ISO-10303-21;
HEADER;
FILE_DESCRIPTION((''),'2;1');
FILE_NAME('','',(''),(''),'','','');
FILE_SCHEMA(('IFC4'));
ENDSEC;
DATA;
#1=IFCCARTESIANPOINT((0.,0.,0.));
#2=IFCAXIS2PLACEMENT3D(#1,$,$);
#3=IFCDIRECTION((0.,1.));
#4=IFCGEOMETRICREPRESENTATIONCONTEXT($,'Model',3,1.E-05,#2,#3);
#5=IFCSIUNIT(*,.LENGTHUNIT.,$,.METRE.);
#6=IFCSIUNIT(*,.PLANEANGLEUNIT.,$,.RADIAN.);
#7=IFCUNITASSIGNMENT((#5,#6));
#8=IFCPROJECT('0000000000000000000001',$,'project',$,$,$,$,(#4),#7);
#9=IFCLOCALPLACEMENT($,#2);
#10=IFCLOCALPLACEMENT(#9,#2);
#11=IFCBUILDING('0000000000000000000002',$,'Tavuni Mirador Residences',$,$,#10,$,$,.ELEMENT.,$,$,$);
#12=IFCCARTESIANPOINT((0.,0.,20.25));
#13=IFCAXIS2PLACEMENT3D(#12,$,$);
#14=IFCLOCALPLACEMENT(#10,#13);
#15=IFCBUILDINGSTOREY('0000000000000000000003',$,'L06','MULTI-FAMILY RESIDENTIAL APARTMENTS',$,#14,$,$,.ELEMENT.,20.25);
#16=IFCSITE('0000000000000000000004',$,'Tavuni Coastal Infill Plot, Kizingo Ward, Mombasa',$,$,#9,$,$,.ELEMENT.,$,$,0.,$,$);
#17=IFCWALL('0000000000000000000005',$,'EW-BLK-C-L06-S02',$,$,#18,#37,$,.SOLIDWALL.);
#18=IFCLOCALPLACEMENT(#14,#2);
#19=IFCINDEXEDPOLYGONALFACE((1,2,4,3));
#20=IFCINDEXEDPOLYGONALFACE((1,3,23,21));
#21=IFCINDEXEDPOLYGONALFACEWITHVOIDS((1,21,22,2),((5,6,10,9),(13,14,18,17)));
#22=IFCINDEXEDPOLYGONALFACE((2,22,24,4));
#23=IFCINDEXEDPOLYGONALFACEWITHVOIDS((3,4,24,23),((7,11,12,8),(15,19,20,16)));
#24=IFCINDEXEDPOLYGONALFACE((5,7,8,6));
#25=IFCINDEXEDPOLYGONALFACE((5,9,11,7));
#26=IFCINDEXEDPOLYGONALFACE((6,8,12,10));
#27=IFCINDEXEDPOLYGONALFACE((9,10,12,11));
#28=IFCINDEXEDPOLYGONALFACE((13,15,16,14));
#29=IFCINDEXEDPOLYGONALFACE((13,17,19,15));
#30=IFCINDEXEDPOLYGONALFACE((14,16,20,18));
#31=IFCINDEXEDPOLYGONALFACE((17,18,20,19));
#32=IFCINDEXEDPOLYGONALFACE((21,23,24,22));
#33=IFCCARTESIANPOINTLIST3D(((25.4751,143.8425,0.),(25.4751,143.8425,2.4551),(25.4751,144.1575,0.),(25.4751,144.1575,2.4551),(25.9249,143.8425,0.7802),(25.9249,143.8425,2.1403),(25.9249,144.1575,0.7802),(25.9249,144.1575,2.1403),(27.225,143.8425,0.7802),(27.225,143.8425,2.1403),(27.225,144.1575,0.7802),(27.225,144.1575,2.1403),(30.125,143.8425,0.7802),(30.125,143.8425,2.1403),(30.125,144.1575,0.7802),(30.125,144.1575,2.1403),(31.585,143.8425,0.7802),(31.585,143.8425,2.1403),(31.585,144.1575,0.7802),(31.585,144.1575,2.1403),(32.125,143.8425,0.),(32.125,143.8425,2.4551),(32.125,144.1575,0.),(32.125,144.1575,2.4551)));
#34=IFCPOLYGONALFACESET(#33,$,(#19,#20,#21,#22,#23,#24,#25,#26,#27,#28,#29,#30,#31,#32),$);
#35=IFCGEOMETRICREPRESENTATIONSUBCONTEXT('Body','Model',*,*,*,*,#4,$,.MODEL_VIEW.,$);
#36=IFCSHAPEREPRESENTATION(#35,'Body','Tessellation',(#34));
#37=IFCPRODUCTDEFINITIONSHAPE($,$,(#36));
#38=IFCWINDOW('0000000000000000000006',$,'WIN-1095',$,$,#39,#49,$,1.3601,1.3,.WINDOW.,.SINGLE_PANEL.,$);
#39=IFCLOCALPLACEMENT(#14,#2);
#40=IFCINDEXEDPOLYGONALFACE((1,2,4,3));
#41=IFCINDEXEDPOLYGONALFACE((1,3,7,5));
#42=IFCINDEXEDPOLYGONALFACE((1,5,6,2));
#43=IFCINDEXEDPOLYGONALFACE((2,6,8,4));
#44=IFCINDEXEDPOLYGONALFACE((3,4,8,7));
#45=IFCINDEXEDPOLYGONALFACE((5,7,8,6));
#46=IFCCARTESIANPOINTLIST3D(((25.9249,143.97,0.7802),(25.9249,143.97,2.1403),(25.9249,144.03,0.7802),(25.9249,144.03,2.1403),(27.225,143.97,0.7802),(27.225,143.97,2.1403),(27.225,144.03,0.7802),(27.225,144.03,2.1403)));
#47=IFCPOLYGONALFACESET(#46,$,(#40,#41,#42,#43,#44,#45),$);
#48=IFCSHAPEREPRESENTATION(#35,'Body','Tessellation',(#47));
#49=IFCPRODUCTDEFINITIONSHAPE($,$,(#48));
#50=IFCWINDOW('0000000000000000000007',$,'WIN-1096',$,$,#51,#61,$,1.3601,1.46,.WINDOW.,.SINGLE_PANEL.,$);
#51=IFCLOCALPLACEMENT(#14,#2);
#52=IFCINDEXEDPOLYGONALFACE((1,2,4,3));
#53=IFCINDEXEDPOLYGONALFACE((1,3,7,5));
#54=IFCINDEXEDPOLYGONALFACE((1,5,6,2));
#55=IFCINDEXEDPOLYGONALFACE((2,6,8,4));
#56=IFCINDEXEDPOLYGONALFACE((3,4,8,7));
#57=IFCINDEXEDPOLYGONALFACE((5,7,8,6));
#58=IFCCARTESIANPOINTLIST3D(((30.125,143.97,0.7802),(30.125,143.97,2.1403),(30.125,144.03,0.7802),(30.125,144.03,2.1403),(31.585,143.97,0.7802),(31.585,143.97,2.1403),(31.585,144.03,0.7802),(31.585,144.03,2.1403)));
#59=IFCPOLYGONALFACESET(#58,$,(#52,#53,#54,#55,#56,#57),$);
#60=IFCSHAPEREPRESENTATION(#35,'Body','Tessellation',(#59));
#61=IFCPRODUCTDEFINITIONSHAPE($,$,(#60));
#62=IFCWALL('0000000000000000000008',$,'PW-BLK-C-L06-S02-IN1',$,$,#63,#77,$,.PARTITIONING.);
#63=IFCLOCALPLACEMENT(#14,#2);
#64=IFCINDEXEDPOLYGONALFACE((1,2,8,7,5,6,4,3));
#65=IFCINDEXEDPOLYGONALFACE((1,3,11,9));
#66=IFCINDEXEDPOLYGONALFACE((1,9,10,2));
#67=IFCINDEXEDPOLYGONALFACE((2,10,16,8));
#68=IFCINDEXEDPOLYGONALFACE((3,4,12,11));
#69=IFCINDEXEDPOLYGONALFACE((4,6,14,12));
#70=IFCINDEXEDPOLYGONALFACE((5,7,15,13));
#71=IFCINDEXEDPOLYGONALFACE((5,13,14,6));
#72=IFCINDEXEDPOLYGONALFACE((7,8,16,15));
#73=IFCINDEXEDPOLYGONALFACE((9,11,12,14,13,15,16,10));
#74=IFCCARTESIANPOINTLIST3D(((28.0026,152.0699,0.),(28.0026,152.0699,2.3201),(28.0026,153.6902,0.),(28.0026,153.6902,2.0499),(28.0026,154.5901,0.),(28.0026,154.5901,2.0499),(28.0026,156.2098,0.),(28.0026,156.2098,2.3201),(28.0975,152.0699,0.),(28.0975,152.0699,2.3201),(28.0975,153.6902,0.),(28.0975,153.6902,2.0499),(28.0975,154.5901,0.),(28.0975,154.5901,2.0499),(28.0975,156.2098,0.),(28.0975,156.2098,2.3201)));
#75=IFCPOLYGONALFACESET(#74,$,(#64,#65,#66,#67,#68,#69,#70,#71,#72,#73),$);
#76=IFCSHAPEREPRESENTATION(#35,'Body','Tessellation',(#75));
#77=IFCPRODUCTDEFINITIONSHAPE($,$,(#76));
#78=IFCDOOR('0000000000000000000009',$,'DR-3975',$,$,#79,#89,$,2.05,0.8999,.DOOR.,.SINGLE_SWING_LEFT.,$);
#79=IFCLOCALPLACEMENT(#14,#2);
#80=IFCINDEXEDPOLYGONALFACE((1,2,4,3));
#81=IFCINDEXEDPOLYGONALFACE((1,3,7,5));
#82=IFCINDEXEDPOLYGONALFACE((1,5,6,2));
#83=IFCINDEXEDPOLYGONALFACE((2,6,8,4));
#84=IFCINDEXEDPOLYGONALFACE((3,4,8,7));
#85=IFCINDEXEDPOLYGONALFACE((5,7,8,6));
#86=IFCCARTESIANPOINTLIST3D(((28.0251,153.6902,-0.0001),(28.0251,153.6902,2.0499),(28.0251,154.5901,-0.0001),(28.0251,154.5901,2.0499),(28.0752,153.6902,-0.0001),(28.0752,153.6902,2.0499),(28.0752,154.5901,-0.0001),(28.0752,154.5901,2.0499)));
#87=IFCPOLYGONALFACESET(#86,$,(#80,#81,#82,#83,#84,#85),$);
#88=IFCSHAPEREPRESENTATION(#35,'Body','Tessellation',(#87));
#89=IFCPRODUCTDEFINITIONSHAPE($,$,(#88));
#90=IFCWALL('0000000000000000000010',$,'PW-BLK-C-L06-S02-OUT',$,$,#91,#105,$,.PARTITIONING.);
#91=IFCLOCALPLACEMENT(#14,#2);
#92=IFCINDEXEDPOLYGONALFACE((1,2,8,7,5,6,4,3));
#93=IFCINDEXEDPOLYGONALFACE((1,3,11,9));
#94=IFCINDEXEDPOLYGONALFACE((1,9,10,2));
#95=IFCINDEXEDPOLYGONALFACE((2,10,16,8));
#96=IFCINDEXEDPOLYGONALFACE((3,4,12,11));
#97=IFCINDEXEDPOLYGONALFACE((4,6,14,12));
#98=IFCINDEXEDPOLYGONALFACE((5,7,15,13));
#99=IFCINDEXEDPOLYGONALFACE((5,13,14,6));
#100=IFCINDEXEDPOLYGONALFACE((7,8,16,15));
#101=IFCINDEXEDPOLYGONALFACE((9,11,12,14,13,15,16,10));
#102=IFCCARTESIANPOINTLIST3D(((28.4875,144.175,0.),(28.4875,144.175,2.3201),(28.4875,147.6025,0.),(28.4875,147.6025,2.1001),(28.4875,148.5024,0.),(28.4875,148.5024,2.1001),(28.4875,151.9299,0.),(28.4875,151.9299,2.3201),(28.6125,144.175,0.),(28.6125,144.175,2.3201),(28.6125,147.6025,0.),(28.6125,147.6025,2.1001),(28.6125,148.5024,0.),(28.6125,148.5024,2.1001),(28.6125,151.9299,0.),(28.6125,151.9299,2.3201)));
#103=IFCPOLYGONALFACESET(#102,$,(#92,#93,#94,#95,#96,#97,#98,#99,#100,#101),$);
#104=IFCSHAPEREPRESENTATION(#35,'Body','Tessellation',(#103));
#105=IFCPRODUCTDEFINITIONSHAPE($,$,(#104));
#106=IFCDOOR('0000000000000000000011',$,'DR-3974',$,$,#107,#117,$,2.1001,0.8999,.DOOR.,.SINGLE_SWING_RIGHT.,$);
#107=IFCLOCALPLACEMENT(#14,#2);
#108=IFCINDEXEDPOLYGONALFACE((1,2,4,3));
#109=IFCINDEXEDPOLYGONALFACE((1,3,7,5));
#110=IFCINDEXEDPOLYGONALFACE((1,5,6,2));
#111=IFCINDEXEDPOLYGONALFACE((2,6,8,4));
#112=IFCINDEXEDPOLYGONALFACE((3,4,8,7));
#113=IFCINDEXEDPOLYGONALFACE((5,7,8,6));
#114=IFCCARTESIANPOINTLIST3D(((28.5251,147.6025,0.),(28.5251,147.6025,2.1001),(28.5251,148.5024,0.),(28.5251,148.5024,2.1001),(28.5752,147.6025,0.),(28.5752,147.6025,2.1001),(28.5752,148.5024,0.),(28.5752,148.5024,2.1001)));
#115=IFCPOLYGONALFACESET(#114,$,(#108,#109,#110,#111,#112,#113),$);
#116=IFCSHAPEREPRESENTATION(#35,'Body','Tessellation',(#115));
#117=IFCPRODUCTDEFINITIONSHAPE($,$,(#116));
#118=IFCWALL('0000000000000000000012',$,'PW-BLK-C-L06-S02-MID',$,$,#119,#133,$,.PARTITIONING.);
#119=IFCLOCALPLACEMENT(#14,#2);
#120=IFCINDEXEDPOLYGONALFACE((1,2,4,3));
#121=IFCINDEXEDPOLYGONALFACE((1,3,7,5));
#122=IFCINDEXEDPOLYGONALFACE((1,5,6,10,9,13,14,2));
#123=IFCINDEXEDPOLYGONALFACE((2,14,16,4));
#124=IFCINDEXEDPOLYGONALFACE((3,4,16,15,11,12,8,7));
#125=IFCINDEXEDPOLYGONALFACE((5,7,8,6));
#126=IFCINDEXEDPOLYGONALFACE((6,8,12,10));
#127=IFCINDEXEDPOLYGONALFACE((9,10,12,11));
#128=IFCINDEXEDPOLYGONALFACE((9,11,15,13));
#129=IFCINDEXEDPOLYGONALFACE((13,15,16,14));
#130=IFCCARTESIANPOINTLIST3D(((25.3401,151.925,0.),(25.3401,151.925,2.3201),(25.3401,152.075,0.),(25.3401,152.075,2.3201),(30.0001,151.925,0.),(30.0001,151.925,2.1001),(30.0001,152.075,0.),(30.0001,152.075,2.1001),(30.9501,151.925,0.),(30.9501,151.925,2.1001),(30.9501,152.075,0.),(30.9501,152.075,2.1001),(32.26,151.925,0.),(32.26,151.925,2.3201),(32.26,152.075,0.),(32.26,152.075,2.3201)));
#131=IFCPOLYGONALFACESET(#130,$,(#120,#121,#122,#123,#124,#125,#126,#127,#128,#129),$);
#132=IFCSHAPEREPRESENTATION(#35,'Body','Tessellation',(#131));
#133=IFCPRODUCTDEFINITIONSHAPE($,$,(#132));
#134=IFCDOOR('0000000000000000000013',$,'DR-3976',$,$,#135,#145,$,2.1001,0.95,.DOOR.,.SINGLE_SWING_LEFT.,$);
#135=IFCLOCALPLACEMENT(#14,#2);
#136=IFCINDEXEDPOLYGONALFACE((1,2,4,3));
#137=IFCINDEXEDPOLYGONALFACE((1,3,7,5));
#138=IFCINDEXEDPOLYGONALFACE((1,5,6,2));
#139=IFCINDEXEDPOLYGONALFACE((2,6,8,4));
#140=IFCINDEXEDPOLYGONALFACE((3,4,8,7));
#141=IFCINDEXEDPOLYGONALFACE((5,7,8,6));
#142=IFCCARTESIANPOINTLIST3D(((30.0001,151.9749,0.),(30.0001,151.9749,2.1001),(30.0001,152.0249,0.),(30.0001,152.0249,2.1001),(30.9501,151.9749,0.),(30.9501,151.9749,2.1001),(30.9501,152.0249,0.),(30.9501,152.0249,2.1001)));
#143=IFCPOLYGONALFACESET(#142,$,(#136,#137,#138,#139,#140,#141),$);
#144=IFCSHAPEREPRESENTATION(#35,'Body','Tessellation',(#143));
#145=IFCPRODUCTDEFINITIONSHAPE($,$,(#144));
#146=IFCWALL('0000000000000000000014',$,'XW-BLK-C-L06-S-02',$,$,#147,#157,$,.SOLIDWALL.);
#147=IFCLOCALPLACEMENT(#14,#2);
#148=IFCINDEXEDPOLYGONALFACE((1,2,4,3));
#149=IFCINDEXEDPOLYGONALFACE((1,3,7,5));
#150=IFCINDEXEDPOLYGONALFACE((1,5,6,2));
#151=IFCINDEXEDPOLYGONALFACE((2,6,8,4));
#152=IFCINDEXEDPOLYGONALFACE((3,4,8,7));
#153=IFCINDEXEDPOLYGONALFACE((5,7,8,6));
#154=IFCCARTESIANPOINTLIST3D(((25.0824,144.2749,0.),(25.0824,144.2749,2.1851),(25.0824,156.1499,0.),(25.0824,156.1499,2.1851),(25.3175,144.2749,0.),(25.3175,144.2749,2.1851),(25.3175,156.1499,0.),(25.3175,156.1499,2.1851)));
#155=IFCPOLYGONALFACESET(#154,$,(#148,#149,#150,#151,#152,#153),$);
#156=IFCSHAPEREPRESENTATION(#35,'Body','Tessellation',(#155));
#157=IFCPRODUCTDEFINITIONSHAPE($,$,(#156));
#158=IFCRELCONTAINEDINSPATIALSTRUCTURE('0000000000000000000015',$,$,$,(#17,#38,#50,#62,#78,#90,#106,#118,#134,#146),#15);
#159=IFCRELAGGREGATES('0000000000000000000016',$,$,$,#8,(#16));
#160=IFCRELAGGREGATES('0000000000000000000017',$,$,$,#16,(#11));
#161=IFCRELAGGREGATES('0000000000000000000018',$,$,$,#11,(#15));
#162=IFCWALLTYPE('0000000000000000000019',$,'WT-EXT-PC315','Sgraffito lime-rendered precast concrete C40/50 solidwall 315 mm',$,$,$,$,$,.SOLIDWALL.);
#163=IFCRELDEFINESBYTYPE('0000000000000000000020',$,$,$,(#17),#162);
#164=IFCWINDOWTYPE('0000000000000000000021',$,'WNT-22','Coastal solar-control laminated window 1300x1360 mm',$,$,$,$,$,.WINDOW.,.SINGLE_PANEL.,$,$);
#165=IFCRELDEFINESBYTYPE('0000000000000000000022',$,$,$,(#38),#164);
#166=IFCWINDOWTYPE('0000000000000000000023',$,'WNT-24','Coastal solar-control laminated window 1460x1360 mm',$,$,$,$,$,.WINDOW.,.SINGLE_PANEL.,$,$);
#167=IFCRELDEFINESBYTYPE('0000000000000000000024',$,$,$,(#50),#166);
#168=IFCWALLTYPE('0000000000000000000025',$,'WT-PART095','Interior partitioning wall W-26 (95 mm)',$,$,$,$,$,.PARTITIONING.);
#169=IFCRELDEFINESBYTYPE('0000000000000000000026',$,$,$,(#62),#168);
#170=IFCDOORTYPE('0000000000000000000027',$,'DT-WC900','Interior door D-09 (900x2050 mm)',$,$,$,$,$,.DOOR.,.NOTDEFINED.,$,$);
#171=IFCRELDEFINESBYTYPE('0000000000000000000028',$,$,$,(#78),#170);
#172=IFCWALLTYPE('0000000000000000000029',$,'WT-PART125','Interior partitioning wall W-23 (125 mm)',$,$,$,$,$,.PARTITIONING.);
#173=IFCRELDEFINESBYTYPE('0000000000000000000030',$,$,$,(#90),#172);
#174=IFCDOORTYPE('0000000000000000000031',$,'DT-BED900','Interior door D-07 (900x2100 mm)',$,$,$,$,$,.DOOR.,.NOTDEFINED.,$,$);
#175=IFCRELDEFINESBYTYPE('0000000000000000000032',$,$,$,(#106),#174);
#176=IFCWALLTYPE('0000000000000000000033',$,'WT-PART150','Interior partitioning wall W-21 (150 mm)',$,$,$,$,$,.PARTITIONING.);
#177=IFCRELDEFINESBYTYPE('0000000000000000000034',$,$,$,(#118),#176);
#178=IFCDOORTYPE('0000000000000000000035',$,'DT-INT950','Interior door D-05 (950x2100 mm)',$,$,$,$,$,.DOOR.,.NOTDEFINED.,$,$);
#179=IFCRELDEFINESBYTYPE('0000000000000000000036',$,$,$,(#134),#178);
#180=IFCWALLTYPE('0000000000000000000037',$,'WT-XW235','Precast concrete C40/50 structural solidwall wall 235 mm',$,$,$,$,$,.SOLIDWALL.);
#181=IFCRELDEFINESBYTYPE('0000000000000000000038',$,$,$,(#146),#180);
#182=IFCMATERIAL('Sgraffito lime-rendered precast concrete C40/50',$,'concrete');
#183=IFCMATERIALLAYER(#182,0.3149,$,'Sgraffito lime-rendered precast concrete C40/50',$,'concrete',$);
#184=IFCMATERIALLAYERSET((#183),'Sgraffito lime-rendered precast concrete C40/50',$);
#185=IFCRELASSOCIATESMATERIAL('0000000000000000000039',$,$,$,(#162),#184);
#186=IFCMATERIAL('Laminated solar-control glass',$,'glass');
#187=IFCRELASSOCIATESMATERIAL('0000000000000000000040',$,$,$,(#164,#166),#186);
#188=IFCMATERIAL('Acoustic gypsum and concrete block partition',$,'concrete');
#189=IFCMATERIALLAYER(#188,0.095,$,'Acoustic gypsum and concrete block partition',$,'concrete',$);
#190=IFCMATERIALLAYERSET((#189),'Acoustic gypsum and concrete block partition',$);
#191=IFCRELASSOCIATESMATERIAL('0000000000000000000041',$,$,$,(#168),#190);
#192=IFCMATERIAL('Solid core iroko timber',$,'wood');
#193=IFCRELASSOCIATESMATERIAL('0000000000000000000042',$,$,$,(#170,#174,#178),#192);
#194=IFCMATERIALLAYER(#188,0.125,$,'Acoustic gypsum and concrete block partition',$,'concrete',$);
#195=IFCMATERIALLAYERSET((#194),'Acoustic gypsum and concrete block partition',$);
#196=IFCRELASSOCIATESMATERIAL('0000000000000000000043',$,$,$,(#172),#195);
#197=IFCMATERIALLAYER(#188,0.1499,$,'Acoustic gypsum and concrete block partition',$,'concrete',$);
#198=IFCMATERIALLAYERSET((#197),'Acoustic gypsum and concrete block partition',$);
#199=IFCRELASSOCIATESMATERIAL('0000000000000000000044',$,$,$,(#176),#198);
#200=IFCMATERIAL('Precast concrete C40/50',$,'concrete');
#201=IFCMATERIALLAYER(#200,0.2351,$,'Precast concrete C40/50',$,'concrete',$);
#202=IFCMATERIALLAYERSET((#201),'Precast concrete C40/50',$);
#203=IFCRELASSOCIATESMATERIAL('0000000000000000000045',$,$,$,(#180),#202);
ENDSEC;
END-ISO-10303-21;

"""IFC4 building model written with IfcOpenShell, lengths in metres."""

from ifc_helpers import new_model, si_unit, direction, frame, frame_2d, origin, place, context, subcontext, project, spatial, rectangle, extrude, material, layer, layer_set, type_object, element, fill, save


model = new_model("IFC4")

# Units and contexts
model_context = context("Model", 3, precision=1e-05, world=origin(), true_north=direction((0.0, 1.0)))
body_context = subcontext(model_context, "Body", "Model", "MODEL_VIEW")
ifc_project = project(units=[si_unit("LENGTHUNIT", "METRE"), si_unit("PLANEANGLEUNIT", "RADIAN")], contexts=[model_context])

# Site, building, storey
site_placement = place(None, origin())
site = spatial("IfcSite", under=ifc_project, at=site_placement, Name="Tavuni Coastal Infill Plot, Kizingo Ward, Mombasa", CompositionType="ELEMENT", RefElevation=0.0)
building_placement = place(site_placement, origin())
building = spatial("IfcBuilding", under=site, at=building_placement, Name="Tavuni Mirador Residences", CompositionType="ELEMENT")
storey_placement = place(building_placement, frame((0.0, 0.0, 20.25)))
storey = spatial("IfcBuildingStorey", under=building, at=storey_placement, Name="L06", Description="MULTI-FAMILY RESIDENTIAL APARTMENTS", CompositionType="ELEMENT", Elevation=20.25)

# Shared definitions
ifc_material_1 = material(Name="Precast concrete C40/50", Category="concrete")

# Shared definitions
ifc_material_2 = material(Name="Solid core iroko timber", Category="wood")

# Wall, openings, windows
ifc_material_3 = material(Name="Sgraffito lime-rendered precast concrete C40/50", Category="concrete")
ifc_layer_1 = layer(ifc_material_3, 0.3149, Name="Sgraffito lime-rendered precast concrete C40/50", Category="concrete")
ifc_layer_set_1 = layer_set([ifc_layer_1], Name="Sgraffito lime-rendered precast concrete C40/50")
wall_type_1 = type_object("IfcWallType", Name="WT-EXT-PC315", Description="Sgraffito lime-rendered precast concrete C40/50 solidwall 315 mm", PredefinedType="SOLIDWALL", material=ifc_layer_set_1)
wall_1_placement = place(storey_placement, frame((25.4751, 144.0, 0.0), z_axis=(0.0, 0.0, 1.0), x_axis=(1.0, 0.0, 0.0)))
wall_1 = element("IfcWall", 1, at=wall_1_placement, inside=storey, type_object=wall_type_1, Name="EW-BLK-C-L06-S02", PredefinedType="SOLIDWALL", context=body_context, shape_type="SweptSolid", body=[
    extrude(rectangle(XDim=6.6499, YDim=0.3149, at=frame_2d((3.325, 0.0))), origin(), (0.0, 0.0, 1.0), 2.4551),
])
opening_1_placement = place(wall_1_placement, frame((0.45, 0.0, 0.78)))
opening_1 = element("IfcOpeningElement", 2, at=opening_1_placement, cuts=wall_1, PredefinedType="OPENING", context=body_context, shape_type="SweptSolid", body=[
    extrude(rectangle(XDim=1.3, YDim=1.3601, at=frame_2d((0.6499, 0.6802))), frame((0.0, 0.1675, 0.0), z_axis=(0.0, -1.0, 0.0), x_axis=(1.0, 0.0, 0.0)), (0.0, 0.0, 1.0), 0.335),
])
opening_2_placement = place(wall_1_placement, frame((4.6499, 0.0, 0.78)))
opening_2 = element("IfcOpeningElement", 3, at=opening_2_placement, cuts=wall_1, PredefinedType="OPENING", context=body_context, shape_type="SweptSolid", body=[
    extrude(rectangle(XDim=1.46, YDim=1.3601, at=frame_2d((0.73, 0.6802))), frame((0.0, 0.1675, 0.0), z_axis=(0.0, -1.0, 0.0), x_axis=(1.0, 0.0, 0.0)), (0.0, 0.0, 1.0), 0.335),
])
ifc_material_4 = material(Name="Laminated solar-control glass", Category="glass")
window_type_1 = type_object("IfcWindowType", Name="WNT-22", Description="Coastal solar-control laminated window 1300x1360 mm", PartitioningType="SINGLE_PANEL", PredefinedType="WINDOW", material=ifc_material_4)
window_1_placement = place(opening_1_placement, origin())
window_1 = element("IfcWindow", 4, at=window_1_placement, inside=storey, type_object=window_type_1, Name="WIN-1095", OverallHeight=1.3601, OverallWidth=1.3, PartitioningType="SINGLE_PANEL", PredefinedType="WINDOW", context=body_context, shape_type="SweptSolid", body=[
    extrude(rectangle(XDim=1.3, YDim=1.3601, at=frame_2d((0.6499, 0.6802))), frame((0.0, 0.03, 0.0), z_axis=(0.0, -1.0, 0.0), x_axis=(1.0, 0.0, 0.0)), (0.0, 0.0, 1.0), 0.0601),
])
fill(opening_1, window_1)
window_type_2 = type_object("IfcWindowType", Name="WNT-24", Description="Coastal solar-control laminated window 1460x1360 mm", PartitioningType="SINGLE_PANEL", PredefinedType="WINDOW", material=ifc_material_4)
window_2_placement = place(opening_2_placement, origin())
window_2 = element("IfcWindow", 5, at=window_2_placement, inside=storey, type_object=window_type_2, Name="WIN-1096", OverallHeight=1.3601, OverallWidth=1.46, PartitioningType="SINGLE_PANEL", PredefinedType="WINDOW", context=body_context, shape_type="SweptSolid", body=[
    extrude(rectangle(XDim=1.46, YDim=1.3601, at=frame_2d((0.73, 0.6802))), frame((0.0, 0.03, 0.0), z_axis=(0.0, -1.0, 0.0), x_axis=(1.0, 0.0, 0.0)), (0.0, 0.0, 1.0), 0.0601),
])
fill(opening_2, window_2)

# Walls, openings, doors
ifc_material_5 = material(Name="Acoustic gypsum and concrete block partition", Category="concrete")
ifc_layer_2 = layer(ifc_material_5, 0.095, Name="Acoustic gypsum and concrete block partition", Category="concrete")
ifc_layer_set_2 = layer_set([ifc_layer_2], Name="Acoustic gypsum and concrete block partition")
wall_type_2 = type_object("IfcWallType", Name="WT-PART095", Description="Interior partitioning wall W-26 (95 mm)", PredefinedType="PARTITIONING", material=ifc_layer_set_2)
wall_2_placement = place(storey_placement, frame((28.05, 152.0701, 0.0), z_axis=(0.0, 0.0, 1.0), x_axis=(0.0, 1.0, 0.0)))
wall_2 = element("IfcWall", 6, at=wall_2_placement, inside=storey, type_object=wall_type_2, Name="PW-BLK-C-L06-S02-IN1", PredefinedType="PARTITIONING", context=body_context, shape_type="SweptSolid", body=[
    extrude(rectangle(XDim=4.1399, YDim=0.095, at=frame_2d((2.0698, 0.0))), origin(), (0.0, 0.0, 1.0), 2.3201),
])
opening_3_placement = place(wall_2_placement, frame((1.6201, 0.0, 0.0)))
opening_3 = element("IfcOpeningElement", 7, at=opening_3_placement, cuts=wall_2, PredefinedType="OPENING", context=body_context, shape_type="SweptSolid", body=[
    extrude(rectangle(XDim=0.8999, YDim=2.05, at=frame_2d((0.45, 1.0249))), frame((0.0, 0.0576, 0.0), z_axis=(0.0, -1.0, 0.0), x_axis=(1.0, 0.0, 0.0)), (0.0, 0.0, 1.0), 0.115),
])
door_type_1 = type_object("IfcDoorType", Name="DT-WC900", Description="Interior door D-09 (900x2050 mm)", OperationType="NOTDEFINED", PredefinedType="DOOR", material=ifc_material_2)
door_1_placement = place(opening_3_placement, origin())
door_1 = element("IfcDoor", 8, at=door_1_placement, inside=storey, type_object=door_type_1, Name="DR-3975", OperationType="SINGLE_SWING_LEFT", OverallHeight=2.05, OverallWidth=0.8999, PredefinedType="DOOR", context=body_context, shape_type="SweptSolid", body=[
    extrude(rectangle(XDim=0.8999, YDim=2.05, at=frame_2d((0.45, 1.0249))), frame((0.0, 0.0249, 0.0), z_axis=(0.0, -1.0, 0.0), x_axis=(1.0, 0.0, 0.0)), (0.0, 0.0, 1.0), 0.05),
])
fill(opening_3, door_1)
ifc_layer_3 = layer(ifc_material_5, 0.125, Name="Acoustic gypsum and concrete block partition", Category="concrete")
ifc_layer_set_3 = layer_set([ifc_layer_3], Name="Acoustic gypsum and concrete block partition")
wall_type_3 = type_object("IfcWallType", Name="WT-PART125", Description="Interior partitioning wall W-23 (125 mm)", PredefinedType="PARTITIONING", material=ifc_layer_set_3)
wall_3_placement = place(storey_placement, frame((28.55, 144.175, 0.0), z_axis=(0.0, 0.0, 1.0), x_axis=(0.0, 1.0, 0.0)))
wall_3 = element("IfcWall", 9, at=wall_3_placement, inside=storey, type_object=wall_type_3, Name="PW-BLK-C-L06-S02-OUT", PredefinedType="PARTITIONING", context=body_context, shape_type="SweptSolid", body=[
    extrude(rectangle(XDim=7.7549, YDim=0.125, at=frame_2d((3.8774, 0.0))), origin(), (0.0, 0.0, 1.0), 2.3201),
])
opening_4_placement = place(wall_3_placement, frame((3.4275, 0.0, 0.0)))
opening_4 = element("IfcOpeningElement", 10, at=opening_4_placement, cuts=wall_3, PredefinedType="OPENING", context=body_context, shape_type="SweptSolid", body=[
    extrude(rectangle(XDim=0.8999, YDim=2.1001, at=frame_2d((0.45, 1.05))), frame((0.0, 0.0725, 0.0), z_axis=(0.0, -1.0, 0.0), x_axis=(1.0, 0.0, 0.0)), (0.0, 0.0, 1.0), 0.145),
])
door_type_2 = type_object("IfcDoorType", Name="DT-BED900", Description="Interior door D-07 (900x2100 mm)", OperationType="NOTDEFINED", PredefinedType="DOOR", material=ifc_material_2)
door_2_placement = place(opening_4_placement, origin())
door_2 = element("IfcDoor", 11, at=door_2_placement, inside=storey, type_object=door_type_2, Name="DR-3974", OperationType="SINGLE_SWING_RIGHT", OverallHeight=2.1001, OverallWidth=0.8999, PredefinedType="DOOR", context=body_context, shape_type="SweptSolid", body=[
    extrude(rectangle(XDim=0.8999, YDim=2.1001, at=frame_2d((0.45, 1.05))), frame((0.0, 0.0249, 0.0), z_axis=(0.0, -1.0, 0.0), x_axis=(1.0, 0.0, 0.0)), (0.0, 0.0, 1.0), 0.05),
])
fill(opening_4, door_2)
ifc_layer_4 = layer(ifc_material_5, 0.1499, Name="Acoustic gypsum and concrete block partition", Category="concrete")
ifc_layer_set_4 = layer_set([ifc_layer_4], Name="Acoustic gypsum and concrete block partition")
wall_type_4 = type_object("IfcWallType", Name="WT-PART150", Description="Interior partitioning wall W-21 (150 mm)", PredefinedType="PARTITIONING", material=ifc_layer_set_4)
wall_4_placement = place(storey_placement, frame((25.3401, 152.0, 0.0), z_axis=(0.0, 0.0, 1.0), x_axis=(1.0, 0.0, 0.0)))
wall_4 = element("IfcWall", 12, at=wall_4_placement, inside=storey, type_object=wall_type_4, Name="PW-BLK-C-L06-S02-MID", PredefinedType="PARTITIONING", context=body_context, shape_type="SweptSolid", body=[
    extrude(rectangle(XDim=6.9199, YDim=0.1499, at=frame_2d((3.46, 0.0))), origin(), (0.0, 0.0, 1.0), 2.3201),
])
opening_5_placement = place(wall_4_placement, frame((4.6599, 0.0, 0.0)))
opening_5 = element("IfcOpeningElement", 13, at=opening_5_placement, cuts=wall_4, PredefinedType="OPENING", context=body_context, shape_type="SweptSolid", body=[
    extrude(rectangle(XDim=0.95, YDim=2.1001, at=frame_2d((0.4751, 1.05))), frame((0.0, 0.085, 0.0), z_axis=(0.0, -1.0, 0.0), x_axis=(1.0, 0.0, 0.0)), (0.0, 0.0, 1.0), 0.1699),
])
door_type_3 = type_object("IfcDoorType", Name="DT-INT950", Description="Interior door D-05 (950x2100 mm)", OperationType="NOTDEFINED", PredefinedType="DOOR", material=ifc_material_2)
door_3_placement = place(opening_5_placement, origin())
door_3 = element("IfcDoor", 14, at=door_3_placement, inside=storey, type_object=door_type_3, Name="DR-3976", OperationType="SINGLE_SWING_LEFT", OverallHeight=2.1001, OverallWidth=0.95, PredefinedType="DOOR", context=body_context, shape_type="SweptSolid", body=[
    extrude(rectangle(XDim=0.95, YDim=2.1001, at=frame_2d((0.4751, 1.05))), frame((0.0, 0.0249, 0.0), z_axis=(0.0, -1.0, 0.0), x_axis=(1.0, 0.0, 0.0)), (0.0, 0.0, 1.0), 0.05),
])
fill(opening_5, door_3)

# Wall
ifc_layer_5 = layer(ifc_material_1, 0.2351, Name="Precast concrete C40/50", Category="concrete")
ifc_layer_set_5 = layer_set([ifc_layer_5], Name="Precast concrete C40/50")
wall_type_5 = type_object("IfcWallType", Name="WT-XW235", Description="Precast concrete C40/50 structural solidwall wall 235 mm", PredefinedType="SOLIDWALL", material=ifc_layer_set_5)
for number, where, z_axis, x_axis, name in (
    (15, (25.2, 144.2749, 0.0), (0.0, 0.0, 1.0), (0.0, 1.0, 0.0), "XW-BLK-C-L06-S-02"),
):
    element("IfcWall", number, at=place(storey_placement, frame(where, z_axis=z_axis, x_axis=x_axis)), inside=storey, type_object=wall_type_5, Name=name, PredefinedType="SOLIDWALL", context=body_context, shape_type="SweptSolid", body=[
        extrude(rectangle(XDim=11.875, YDim=0.2351, at=frame_2d((5.9375, 0.0))), origin(), (0.0, 0.0, 1.0), 2.1851),
    ])

save(model, "model.ifc")
